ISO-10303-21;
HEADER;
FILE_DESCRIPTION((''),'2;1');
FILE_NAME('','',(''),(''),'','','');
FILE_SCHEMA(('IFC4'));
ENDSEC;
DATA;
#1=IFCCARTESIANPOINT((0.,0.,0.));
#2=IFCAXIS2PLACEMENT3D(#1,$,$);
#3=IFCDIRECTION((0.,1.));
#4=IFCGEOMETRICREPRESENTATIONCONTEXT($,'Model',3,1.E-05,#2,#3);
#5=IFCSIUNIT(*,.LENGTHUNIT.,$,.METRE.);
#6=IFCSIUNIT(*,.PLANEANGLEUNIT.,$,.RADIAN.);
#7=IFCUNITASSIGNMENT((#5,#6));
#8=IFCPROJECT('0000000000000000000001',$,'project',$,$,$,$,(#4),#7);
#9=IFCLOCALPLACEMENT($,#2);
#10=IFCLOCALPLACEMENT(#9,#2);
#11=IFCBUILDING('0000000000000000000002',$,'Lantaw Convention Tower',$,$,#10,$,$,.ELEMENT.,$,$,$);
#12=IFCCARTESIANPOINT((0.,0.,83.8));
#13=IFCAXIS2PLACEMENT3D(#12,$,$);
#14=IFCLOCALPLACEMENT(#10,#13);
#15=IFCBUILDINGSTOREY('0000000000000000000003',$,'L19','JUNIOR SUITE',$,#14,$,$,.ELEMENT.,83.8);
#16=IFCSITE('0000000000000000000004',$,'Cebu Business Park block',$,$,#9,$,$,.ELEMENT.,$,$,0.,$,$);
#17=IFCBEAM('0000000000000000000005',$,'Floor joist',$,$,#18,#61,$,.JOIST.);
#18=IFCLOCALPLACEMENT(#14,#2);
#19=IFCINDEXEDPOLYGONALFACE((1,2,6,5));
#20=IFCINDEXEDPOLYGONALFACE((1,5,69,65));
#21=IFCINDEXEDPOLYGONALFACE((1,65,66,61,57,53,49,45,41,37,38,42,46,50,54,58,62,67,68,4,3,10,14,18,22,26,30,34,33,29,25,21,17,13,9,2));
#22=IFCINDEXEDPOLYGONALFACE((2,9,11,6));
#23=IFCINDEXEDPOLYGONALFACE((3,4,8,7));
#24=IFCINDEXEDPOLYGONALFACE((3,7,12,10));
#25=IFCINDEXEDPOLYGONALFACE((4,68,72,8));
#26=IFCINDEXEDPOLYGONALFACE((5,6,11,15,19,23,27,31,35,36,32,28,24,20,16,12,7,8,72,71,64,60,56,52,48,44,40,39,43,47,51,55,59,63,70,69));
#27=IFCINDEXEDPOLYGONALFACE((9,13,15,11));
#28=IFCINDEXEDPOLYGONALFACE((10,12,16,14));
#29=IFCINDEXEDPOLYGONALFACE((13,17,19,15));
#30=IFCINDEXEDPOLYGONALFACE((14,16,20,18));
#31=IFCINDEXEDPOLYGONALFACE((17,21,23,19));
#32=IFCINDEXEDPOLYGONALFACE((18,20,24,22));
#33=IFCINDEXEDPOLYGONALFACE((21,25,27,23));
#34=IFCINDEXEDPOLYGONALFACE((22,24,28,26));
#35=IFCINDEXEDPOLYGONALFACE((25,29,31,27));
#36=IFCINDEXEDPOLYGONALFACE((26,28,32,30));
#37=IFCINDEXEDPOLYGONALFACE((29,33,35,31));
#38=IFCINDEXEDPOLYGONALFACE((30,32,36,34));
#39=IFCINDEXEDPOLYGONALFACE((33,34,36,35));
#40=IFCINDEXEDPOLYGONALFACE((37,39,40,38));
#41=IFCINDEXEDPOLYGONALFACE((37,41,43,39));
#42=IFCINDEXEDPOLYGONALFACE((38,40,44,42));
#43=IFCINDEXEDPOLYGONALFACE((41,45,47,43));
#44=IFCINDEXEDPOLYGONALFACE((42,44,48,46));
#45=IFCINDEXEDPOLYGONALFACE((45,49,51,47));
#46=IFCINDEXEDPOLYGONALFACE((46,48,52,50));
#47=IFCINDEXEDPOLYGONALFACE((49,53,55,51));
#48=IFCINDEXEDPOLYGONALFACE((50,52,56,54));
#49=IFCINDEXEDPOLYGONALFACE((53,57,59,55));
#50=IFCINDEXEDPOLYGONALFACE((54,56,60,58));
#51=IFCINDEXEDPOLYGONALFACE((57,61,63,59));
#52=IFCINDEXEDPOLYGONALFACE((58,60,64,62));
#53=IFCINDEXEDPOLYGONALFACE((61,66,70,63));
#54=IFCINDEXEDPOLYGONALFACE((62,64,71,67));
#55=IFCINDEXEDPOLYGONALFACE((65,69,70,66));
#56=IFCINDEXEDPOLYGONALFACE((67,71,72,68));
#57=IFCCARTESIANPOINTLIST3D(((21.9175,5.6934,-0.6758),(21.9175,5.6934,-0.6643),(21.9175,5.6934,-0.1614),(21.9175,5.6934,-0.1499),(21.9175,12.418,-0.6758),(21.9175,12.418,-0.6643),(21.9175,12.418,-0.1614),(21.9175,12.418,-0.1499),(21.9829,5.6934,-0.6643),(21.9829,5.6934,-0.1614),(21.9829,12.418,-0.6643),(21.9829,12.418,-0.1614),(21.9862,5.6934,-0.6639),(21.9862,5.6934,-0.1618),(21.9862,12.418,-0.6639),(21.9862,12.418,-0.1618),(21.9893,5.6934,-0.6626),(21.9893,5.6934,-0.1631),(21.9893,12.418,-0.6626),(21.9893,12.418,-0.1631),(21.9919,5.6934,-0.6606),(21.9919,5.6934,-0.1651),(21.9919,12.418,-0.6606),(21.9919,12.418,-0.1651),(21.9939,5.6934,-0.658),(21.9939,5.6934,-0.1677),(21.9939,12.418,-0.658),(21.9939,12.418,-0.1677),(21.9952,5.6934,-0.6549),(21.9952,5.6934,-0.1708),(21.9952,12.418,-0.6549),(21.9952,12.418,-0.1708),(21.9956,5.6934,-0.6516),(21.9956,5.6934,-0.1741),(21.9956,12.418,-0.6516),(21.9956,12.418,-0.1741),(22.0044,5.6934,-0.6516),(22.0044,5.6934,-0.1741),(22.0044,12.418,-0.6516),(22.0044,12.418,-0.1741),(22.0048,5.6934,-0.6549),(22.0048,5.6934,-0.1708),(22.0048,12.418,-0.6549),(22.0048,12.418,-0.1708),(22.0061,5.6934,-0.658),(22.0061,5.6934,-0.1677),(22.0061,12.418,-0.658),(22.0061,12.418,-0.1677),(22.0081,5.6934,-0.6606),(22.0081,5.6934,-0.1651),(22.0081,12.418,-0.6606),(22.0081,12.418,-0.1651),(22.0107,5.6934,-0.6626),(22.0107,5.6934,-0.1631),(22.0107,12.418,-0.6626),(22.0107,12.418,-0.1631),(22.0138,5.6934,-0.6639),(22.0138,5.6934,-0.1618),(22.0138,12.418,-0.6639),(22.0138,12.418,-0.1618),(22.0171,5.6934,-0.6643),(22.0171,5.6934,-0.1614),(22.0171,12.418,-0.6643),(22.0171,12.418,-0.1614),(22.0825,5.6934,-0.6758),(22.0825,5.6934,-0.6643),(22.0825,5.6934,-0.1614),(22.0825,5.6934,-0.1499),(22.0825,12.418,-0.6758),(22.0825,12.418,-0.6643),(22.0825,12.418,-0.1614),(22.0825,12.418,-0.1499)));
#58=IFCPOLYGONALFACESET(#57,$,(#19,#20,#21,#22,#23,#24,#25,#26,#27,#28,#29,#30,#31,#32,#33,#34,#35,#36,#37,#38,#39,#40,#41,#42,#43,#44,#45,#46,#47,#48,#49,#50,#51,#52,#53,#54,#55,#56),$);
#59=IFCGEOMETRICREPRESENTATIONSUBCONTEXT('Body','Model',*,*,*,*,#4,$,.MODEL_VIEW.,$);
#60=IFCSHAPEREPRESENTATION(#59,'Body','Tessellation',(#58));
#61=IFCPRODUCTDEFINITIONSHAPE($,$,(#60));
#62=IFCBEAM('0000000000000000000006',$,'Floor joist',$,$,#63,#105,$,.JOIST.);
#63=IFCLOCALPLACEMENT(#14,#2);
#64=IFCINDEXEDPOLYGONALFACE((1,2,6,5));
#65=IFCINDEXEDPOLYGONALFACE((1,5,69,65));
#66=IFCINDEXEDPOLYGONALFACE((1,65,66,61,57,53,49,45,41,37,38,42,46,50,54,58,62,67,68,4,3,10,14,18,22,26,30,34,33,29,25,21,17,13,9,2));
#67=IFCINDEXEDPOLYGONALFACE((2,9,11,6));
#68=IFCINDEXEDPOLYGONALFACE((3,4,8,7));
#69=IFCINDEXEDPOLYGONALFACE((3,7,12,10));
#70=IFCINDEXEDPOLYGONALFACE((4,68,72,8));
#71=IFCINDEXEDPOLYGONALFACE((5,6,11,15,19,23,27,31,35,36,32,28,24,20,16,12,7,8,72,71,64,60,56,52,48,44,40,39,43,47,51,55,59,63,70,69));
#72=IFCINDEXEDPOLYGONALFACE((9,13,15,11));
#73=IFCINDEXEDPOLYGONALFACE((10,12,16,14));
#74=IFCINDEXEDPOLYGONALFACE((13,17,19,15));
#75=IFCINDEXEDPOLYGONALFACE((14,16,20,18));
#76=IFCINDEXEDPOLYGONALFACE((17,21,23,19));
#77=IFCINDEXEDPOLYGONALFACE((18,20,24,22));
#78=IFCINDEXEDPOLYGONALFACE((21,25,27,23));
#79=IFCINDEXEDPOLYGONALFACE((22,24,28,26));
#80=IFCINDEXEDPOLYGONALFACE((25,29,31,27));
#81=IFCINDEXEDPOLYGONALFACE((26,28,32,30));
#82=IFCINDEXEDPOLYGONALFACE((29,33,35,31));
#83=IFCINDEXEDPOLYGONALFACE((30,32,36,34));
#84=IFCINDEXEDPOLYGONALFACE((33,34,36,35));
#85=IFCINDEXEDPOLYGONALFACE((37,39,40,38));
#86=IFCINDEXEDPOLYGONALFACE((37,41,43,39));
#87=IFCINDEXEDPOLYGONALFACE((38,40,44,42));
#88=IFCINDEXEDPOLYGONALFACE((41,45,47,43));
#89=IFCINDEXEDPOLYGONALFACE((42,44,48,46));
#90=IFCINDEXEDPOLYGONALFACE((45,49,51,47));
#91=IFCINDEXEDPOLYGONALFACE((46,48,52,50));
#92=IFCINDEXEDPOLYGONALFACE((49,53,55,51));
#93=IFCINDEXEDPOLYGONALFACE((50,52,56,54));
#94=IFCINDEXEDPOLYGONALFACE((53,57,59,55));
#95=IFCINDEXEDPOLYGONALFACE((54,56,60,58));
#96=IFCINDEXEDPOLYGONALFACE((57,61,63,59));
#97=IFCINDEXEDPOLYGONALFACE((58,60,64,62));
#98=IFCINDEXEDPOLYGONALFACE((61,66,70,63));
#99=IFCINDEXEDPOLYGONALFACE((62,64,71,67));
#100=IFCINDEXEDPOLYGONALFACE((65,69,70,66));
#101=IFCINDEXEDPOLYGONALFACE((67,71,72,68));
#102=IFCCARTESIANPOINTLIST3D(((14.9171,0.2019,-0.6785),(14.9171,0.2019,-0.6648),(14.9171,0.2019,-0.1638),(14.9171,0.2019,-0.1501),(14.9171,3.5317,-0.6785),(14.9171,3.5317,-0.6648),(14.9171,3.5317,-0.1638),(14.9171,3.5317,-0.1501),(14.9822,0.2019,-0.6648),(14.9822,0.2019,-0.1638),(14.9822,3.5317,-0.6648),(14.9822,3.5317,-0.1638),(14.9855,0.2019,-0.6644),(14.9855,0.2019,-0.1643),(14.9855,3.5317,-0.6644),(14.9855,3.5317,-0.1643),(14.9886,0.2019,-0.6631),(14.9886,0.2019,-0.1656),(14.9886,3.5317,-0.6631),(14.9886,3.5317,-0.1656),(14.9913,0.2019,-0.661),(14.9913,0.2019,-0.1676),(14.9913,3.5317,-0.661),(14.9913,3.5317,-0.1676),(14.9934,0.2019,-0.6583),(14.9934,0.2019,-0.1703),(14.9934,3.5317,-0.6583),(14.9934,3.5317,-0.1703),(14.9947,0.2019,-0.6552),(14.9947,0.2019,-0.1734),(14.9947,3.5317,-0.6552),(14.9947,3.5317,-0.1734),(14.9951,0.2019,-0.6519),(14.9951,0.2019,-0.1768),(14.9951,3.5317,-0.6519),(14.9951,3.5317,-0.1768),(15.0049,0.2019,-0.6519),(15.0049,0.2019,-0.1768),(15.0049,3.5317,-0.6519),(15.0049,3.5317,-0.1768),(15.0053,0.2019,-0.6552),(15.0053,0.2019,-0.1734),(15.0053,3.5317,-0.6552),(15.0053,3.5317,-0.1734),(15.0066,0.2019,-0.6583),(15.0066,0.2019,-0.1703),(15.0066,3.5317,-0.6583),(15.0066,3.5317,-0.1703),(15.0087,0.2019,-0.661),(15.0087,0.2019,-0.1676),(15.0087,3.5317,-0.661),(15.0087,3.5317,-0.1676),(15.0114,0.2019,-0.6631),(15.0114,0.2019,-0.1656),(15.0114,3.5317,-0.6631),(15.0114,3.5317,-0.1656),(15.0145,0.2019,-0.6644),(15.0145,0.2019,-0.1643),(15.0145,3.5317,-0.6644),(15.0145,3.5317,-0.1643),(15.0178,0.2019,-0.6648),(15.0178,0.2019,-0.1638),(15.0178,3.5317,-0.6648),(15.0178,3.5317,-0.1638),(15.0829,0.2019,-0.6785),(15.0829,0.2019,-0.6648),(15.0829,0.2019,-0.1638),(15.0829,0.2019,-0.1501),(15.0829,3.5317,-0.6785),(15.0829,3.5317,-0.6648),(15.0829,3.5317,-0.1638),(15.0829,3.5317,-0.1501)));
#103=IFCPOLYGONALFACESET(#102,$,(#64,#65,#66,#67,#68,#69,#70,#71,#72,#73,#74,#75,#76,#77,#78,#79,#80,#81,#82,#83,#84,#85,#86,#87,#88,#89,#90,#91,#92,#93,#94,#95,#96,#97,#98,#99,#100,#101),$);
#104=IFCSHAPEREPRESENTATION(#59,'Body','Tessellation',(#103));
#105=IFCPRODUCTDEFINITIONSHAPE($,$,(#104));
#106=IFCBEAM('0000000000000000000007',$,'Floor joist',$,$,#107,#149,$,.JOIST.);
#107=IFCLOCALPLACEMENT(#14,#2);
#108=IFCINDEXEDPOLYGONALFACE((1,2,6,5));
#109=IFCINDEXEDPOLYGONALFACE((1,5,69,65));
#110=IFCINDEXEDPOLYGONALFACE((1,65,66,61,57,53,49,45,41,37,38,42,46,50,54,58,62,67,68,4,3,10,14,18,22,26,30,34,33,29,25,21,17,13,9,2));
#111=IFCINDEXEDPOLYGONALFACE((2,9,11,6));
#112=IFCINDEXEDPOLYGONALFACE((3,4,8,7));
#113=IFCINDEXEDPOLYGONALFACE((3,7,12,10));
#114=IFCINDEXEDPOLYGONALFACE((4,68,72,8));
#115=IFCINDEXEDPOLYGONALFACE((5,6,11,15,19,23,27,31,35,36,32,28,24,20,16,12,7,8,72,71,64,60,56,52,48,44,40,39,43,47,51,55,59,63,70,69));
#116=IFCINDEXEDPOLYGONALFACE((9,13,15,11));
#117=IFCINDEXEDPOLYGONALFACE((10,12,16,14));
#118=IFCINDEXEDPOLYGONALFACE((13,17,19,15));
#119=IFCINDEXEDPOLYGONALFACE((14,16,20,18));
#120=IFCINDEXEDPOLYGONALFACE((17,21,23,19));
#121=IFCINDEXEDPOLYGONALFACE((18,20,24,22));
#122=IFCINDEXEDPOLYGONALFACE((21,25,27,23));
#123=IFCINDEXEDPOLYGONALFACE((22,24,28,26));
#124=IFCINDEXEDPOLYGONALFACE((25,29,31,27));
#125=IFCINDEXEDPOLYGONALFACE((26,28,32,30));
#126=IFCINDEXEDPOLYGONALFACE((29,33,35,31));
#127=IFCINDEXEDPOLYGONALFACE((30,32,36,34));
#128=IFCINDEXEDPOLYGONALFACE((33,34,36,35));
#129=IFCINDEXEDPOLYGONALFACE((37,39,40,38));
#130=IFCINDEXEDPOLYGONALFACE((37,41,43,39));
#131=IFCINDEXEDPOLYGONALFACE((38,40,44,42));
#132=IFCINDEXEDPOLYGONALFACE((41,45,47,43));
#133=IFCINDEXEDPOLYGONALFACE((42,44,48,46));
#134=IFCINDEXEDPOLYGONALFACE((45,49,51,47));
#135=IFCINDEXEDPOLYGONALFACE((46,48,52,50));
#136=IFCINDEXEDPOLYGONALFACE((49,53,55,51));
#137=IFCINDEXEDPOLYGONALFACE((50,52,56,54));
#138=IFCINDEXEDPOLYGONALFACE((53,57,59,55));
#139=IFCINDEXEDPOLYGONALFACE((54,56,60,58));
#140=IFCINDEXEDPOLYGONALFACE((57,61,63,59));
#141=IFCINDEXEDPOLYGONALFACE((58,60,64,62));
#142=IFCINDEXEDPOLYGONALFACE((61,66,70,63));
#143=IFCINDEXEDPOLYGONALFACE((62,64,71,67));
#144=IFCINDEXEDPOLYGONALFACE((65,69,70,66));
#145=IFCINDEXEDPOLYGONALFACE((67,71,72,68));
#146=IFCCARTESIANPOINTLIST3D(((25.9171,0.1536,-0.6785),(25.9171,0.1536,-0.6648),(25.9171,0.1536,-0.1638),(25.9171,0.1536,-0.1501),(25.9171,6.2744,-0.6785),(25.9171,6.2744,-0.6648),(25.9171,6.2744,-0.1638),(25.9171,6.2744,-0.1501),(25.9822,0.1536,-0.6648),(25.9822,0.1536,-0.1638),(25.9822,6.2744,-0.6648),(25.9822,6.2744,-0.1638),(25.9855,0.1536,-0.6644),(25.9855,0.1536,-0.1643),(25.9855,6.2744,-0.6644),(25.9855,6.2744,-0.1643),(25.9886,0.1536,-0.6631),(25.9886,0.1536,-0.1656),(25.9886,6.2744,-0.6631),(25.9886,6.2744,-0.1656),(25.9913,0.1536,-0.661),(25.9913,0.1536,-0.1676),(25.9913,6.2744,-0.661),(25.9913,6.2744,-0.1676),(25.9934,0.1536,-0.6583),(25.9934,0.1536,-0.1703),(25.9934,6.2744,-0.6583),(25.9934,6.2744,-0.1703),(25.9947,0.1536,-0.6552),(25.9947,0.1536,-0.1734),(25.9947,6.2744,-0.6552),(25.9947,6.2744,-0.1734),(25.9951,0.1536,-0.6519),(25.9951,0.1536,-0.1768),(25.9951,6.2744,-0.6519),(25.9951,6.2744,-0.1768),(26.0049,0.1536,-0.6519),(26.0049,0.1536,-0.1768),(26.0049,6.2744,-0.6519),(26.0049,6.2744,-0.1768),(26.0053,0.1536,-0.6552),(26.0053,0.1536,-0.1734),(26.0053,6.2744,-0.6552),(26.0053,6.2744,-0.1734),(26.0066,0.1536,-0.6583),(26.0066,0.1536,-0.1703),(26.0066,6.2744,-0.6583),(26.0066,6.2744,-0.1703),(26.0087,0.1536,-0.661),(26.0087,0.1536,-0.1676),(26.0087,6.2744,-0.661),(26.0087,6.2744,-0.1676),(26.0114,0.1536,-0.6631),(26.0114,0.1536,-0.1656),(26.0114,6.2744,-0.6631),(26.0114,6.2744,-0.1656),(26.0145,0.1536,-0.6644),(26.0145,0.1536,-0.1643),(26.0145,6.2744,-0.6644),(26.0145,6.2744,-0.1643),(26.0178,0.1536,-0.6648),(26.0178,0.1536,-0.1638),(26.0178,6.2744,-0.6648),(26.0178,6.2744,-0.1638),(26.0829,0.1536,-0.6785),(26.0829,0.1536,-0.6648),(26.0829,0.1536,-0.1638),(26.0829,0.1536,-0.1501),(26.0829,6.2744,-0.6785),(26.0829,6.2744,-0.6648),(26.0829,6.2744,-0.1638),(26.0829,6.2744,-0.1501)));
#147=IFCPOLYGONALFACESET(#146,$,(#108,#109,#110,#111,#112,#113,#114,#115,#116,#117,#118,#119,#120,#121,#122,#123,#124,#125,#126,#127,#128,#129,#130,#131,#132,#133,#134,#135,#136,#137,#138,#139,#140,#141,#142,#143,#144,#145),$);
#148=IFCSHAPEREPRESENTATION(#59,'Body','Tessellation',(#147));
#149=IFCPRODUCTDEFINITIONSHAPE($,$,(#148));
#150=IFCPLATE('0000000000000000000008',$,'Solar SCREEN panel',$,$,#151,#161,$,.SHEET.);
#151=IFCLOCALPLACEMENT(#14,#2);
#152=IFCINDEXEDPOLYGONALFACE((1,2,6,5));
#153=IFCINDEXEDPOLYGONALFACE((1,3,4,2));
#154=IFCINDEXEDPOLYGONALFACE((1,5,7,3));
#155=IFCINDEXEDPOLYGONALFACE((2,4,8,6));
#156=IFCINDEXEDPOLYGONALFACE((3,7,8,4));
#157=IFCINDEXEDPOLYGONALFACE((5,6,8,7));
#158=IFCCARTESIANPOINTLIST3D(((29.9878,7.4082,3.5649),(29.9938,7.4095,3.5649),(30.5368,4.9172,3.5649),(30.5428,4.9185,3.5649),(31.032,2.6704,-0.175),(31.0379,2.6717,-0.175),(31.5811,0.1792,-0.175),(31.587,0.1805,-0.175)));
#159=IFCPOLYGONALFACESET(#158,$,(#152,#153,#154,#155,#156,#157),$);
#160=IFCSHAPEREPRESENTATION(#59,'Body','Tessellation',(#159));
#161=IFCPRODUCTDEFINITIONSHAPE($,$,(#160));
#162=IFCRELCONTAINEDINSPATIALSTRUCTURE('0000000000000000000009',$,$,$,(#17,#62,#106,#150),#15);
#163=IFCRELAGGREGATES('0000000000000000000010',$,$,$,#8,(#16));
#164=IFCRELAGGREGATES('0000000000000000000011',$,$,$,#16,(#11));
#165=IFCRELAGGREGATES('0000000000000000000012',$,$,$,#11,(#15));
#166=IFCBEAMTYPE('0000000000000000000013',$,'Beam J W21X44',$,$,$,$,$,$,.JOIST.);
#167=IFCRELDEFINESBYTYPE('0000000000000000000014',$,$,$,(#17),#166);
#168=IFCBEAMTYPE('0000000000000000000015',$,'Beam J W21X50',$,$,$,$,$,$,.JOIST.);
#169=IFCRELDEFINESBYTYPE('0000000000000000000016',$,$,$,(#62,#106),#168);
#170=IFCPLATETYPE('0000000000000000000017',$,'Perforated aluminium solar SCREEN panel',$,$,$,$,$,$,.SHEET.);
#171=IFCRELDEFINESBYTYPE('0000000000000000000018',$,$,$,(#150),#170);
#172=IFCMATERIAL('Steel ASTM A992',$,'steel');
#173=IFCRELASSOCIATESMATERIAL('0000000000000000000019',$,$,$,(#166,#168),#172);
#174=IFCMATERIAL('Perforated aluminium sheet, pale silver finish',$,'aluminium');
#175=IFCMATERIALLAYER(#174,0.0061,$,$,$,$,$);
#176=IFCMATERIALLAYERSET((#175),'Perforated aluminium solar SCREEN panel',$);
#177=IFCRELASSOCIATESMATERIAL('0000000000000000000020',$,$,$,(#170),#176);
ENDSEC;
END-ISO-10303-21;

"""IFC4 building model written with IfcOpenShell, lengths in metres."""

from ifc_helpers import new_model, si_unit, direction, frame, origin, origin_2d, place, context, subcontext, project, spatial, polyline, i_section, outline, extrude, material, layer, layer_set, material_profile, profile_set, type_object, element, save


model = new_model("IFC4")

# Units and contexts
model_context = context("Model", 3, precision=1e-05, world=origin(), true_north=direction((0.0, 1.0)))
body_context = subcontext(model_context, "Body", "Model", "MODEL_VIEW")
ifc_project = project(units=[si_unit("LENGTHUNIT", "METRE"), si_unit("PLANEANGLEUNIT", "RADIAN")], contexts=[model_context])

# Site, building, storey
site_placement = place(None, origin())
site = spatial("IfcSite", under=ifc_project, at=site_placement, Name="Cebu Business Park block", CompositionType="ELEMENT", RefElevation=0.0)
building_placement = place(site_placement, origin())
building = spatial("IfcBuilding", under=site, at=building_placement, Name="Lantaw Convention Tower", CompositionType="ELEMENT")
storey_placement = place(building_placement, frame((0.0, 0.0, 83.8)))
storey = spatial("IfcBuildingStorey", under=building, at=storey_placement, Name="L19", Description="JUNIOR SUITE", CompositionType="ELEMENT", Elevation=83.8)

# Beams
ifc_material_1 = material(Name="Steel ASTM A992", Category="steel")
ifc_material_profile_1 = material_profile(ifc_material_1, i_section(OverallWidth=0.165, OverallDepth=0.5259, WebThickness=0.0088, FlangeThickness=0.0115, FilletRadius=0.0127, at=origin_2d()), Name="W21X44")
ifc_profile_set_1 = profile_set([ifc_material_profile_1], Name="Steel ASTM A992")
beam_type_1 = type_object("IfcBeamType", Name="Beam J W21X44", PredefinedType="JOIST", material=ifc_profile_set_1)
beam_1_placement = place(storey_placement, frame((22.0, 5.6934, -0.4128), z_axis=(0.0, 1.0, 0.0), x_axis=(-1.0, 0.0, 0.0)))
element("IfcBeam", 1, at=beam_1_placement, inside=storey, type_object=beam_type_1, Name="Floor joist", PredefinedType="JOIST", context=body_context, shape_type="SweptSolid", body=[
    extrude(i_section(OverallWidth=0.165, OverallDepth=0.5259, WebThickness=0.0088, FlangeThickness=0.0115, FilletRadius=0.0127, at=origin_2d()), origin(), (0.0, 0.0, 1.0), 6.7246),
])
ifc_material_profile_2 = material_profile(ifc_material_1, i_section(OverallWidth=0.1658, OverallDepth=0.5283, WebThickness=0.0098, FlangeThickness=0.0137, FilletRadius=0.0129, at=origin_2d()), Name="W21X50")
ifc_profile_set_2 = profile_set([ifc_material_profile_2], Name="Steel ASTM A992")
beam_type_2 = type_object("IfcBeamType", Name="Beam J W21X50", PredefinedType="JOIST", material=ifc_profile_set_2)
beam_2_placement = place(storey_placement, frame((15.0, 0.2019, -0.4143), z_axis=(0.0, 1.0, 0.0), x_axis=(-1.0, 0.0, 0.0)))
element("IfcBeam", 2, at=beam_2_placement, inside=storey, type_object=beam_type_2, Name="Floor joist", PredefinedType="JOIST", context=body_context, shape_type="SweptSolid", body=[
    extrude(i_section(OverallWidth=0.1658, OverallDepth=0.5283, WebThickness=0.0098, FlangeThickness=0.0137, FilletRadius=0.0129, at=origin_2d()), origin(), (0.0, 0.0, 1.0), 3.3298),
])
beam_3_placement = place(storey_placement, frame((26.0, 0.1536, -0.4143), z_axis=(0.0, 1.0, 0.0), x_axis=(-1.0, 0.0, 0.0)))
element("IfcBeam", 3, at=beam_3_placement, inside=storey, type_object=beam_type_2, Name="Floor joist", PredefinedType="JOIST", context=body_context, shape_type="SweptSolid", body=[
    extrude(i_section(OverallWidth=0.1658, OverallDepth=0.5283, WebThickness=0.0098, FlangeThickness=0.0137, FilletRadius=0.0129, at=origin_2d()), origin(), (0.0, 0.0, 1.0), 6.1208),
])

# Plate
ifc_material_2 = material(Name="Perforated aluminium sheet, pale silver finish", Category="aluminium")
ifc_layer_1 = layer(ifc_material_2, 0.0061)
ifc_layer_set_1 = layer_set([ifc_layer_1], Name="Perforated aluminium solar SCREEN panel")
plate_type = type_object("IfcPlateType", Name="Perforated aluminium solar SCREEN panel", PredefinedType="SHEET", material=ifc_layer_set_1)
plate_placement = place(storey_placement, frame((31.5811, 0.1792, -0.175), z_axis=(-0.976559, -0.215248, 0.00003), x_axis=(-0.215248, 0.976559, 0.0)))
element("IfcPlate", 4, at=plate_placement, inside=storey, type_object=plate_type, Name="Solar SCREEN panel", PredefinedType="SHEET", context=body_context, shape_type="SweptSolid", body=[
    extrude(outline(polyline([(0.0, 0.0), (2.551, 0.0), (7.4025, -3.74), (4.8517, -3.74), (0.0, 0.0)])), origin(), (0.0, 0.0, -1.0), 0.0061),
])

save(model, "model.ifc")
